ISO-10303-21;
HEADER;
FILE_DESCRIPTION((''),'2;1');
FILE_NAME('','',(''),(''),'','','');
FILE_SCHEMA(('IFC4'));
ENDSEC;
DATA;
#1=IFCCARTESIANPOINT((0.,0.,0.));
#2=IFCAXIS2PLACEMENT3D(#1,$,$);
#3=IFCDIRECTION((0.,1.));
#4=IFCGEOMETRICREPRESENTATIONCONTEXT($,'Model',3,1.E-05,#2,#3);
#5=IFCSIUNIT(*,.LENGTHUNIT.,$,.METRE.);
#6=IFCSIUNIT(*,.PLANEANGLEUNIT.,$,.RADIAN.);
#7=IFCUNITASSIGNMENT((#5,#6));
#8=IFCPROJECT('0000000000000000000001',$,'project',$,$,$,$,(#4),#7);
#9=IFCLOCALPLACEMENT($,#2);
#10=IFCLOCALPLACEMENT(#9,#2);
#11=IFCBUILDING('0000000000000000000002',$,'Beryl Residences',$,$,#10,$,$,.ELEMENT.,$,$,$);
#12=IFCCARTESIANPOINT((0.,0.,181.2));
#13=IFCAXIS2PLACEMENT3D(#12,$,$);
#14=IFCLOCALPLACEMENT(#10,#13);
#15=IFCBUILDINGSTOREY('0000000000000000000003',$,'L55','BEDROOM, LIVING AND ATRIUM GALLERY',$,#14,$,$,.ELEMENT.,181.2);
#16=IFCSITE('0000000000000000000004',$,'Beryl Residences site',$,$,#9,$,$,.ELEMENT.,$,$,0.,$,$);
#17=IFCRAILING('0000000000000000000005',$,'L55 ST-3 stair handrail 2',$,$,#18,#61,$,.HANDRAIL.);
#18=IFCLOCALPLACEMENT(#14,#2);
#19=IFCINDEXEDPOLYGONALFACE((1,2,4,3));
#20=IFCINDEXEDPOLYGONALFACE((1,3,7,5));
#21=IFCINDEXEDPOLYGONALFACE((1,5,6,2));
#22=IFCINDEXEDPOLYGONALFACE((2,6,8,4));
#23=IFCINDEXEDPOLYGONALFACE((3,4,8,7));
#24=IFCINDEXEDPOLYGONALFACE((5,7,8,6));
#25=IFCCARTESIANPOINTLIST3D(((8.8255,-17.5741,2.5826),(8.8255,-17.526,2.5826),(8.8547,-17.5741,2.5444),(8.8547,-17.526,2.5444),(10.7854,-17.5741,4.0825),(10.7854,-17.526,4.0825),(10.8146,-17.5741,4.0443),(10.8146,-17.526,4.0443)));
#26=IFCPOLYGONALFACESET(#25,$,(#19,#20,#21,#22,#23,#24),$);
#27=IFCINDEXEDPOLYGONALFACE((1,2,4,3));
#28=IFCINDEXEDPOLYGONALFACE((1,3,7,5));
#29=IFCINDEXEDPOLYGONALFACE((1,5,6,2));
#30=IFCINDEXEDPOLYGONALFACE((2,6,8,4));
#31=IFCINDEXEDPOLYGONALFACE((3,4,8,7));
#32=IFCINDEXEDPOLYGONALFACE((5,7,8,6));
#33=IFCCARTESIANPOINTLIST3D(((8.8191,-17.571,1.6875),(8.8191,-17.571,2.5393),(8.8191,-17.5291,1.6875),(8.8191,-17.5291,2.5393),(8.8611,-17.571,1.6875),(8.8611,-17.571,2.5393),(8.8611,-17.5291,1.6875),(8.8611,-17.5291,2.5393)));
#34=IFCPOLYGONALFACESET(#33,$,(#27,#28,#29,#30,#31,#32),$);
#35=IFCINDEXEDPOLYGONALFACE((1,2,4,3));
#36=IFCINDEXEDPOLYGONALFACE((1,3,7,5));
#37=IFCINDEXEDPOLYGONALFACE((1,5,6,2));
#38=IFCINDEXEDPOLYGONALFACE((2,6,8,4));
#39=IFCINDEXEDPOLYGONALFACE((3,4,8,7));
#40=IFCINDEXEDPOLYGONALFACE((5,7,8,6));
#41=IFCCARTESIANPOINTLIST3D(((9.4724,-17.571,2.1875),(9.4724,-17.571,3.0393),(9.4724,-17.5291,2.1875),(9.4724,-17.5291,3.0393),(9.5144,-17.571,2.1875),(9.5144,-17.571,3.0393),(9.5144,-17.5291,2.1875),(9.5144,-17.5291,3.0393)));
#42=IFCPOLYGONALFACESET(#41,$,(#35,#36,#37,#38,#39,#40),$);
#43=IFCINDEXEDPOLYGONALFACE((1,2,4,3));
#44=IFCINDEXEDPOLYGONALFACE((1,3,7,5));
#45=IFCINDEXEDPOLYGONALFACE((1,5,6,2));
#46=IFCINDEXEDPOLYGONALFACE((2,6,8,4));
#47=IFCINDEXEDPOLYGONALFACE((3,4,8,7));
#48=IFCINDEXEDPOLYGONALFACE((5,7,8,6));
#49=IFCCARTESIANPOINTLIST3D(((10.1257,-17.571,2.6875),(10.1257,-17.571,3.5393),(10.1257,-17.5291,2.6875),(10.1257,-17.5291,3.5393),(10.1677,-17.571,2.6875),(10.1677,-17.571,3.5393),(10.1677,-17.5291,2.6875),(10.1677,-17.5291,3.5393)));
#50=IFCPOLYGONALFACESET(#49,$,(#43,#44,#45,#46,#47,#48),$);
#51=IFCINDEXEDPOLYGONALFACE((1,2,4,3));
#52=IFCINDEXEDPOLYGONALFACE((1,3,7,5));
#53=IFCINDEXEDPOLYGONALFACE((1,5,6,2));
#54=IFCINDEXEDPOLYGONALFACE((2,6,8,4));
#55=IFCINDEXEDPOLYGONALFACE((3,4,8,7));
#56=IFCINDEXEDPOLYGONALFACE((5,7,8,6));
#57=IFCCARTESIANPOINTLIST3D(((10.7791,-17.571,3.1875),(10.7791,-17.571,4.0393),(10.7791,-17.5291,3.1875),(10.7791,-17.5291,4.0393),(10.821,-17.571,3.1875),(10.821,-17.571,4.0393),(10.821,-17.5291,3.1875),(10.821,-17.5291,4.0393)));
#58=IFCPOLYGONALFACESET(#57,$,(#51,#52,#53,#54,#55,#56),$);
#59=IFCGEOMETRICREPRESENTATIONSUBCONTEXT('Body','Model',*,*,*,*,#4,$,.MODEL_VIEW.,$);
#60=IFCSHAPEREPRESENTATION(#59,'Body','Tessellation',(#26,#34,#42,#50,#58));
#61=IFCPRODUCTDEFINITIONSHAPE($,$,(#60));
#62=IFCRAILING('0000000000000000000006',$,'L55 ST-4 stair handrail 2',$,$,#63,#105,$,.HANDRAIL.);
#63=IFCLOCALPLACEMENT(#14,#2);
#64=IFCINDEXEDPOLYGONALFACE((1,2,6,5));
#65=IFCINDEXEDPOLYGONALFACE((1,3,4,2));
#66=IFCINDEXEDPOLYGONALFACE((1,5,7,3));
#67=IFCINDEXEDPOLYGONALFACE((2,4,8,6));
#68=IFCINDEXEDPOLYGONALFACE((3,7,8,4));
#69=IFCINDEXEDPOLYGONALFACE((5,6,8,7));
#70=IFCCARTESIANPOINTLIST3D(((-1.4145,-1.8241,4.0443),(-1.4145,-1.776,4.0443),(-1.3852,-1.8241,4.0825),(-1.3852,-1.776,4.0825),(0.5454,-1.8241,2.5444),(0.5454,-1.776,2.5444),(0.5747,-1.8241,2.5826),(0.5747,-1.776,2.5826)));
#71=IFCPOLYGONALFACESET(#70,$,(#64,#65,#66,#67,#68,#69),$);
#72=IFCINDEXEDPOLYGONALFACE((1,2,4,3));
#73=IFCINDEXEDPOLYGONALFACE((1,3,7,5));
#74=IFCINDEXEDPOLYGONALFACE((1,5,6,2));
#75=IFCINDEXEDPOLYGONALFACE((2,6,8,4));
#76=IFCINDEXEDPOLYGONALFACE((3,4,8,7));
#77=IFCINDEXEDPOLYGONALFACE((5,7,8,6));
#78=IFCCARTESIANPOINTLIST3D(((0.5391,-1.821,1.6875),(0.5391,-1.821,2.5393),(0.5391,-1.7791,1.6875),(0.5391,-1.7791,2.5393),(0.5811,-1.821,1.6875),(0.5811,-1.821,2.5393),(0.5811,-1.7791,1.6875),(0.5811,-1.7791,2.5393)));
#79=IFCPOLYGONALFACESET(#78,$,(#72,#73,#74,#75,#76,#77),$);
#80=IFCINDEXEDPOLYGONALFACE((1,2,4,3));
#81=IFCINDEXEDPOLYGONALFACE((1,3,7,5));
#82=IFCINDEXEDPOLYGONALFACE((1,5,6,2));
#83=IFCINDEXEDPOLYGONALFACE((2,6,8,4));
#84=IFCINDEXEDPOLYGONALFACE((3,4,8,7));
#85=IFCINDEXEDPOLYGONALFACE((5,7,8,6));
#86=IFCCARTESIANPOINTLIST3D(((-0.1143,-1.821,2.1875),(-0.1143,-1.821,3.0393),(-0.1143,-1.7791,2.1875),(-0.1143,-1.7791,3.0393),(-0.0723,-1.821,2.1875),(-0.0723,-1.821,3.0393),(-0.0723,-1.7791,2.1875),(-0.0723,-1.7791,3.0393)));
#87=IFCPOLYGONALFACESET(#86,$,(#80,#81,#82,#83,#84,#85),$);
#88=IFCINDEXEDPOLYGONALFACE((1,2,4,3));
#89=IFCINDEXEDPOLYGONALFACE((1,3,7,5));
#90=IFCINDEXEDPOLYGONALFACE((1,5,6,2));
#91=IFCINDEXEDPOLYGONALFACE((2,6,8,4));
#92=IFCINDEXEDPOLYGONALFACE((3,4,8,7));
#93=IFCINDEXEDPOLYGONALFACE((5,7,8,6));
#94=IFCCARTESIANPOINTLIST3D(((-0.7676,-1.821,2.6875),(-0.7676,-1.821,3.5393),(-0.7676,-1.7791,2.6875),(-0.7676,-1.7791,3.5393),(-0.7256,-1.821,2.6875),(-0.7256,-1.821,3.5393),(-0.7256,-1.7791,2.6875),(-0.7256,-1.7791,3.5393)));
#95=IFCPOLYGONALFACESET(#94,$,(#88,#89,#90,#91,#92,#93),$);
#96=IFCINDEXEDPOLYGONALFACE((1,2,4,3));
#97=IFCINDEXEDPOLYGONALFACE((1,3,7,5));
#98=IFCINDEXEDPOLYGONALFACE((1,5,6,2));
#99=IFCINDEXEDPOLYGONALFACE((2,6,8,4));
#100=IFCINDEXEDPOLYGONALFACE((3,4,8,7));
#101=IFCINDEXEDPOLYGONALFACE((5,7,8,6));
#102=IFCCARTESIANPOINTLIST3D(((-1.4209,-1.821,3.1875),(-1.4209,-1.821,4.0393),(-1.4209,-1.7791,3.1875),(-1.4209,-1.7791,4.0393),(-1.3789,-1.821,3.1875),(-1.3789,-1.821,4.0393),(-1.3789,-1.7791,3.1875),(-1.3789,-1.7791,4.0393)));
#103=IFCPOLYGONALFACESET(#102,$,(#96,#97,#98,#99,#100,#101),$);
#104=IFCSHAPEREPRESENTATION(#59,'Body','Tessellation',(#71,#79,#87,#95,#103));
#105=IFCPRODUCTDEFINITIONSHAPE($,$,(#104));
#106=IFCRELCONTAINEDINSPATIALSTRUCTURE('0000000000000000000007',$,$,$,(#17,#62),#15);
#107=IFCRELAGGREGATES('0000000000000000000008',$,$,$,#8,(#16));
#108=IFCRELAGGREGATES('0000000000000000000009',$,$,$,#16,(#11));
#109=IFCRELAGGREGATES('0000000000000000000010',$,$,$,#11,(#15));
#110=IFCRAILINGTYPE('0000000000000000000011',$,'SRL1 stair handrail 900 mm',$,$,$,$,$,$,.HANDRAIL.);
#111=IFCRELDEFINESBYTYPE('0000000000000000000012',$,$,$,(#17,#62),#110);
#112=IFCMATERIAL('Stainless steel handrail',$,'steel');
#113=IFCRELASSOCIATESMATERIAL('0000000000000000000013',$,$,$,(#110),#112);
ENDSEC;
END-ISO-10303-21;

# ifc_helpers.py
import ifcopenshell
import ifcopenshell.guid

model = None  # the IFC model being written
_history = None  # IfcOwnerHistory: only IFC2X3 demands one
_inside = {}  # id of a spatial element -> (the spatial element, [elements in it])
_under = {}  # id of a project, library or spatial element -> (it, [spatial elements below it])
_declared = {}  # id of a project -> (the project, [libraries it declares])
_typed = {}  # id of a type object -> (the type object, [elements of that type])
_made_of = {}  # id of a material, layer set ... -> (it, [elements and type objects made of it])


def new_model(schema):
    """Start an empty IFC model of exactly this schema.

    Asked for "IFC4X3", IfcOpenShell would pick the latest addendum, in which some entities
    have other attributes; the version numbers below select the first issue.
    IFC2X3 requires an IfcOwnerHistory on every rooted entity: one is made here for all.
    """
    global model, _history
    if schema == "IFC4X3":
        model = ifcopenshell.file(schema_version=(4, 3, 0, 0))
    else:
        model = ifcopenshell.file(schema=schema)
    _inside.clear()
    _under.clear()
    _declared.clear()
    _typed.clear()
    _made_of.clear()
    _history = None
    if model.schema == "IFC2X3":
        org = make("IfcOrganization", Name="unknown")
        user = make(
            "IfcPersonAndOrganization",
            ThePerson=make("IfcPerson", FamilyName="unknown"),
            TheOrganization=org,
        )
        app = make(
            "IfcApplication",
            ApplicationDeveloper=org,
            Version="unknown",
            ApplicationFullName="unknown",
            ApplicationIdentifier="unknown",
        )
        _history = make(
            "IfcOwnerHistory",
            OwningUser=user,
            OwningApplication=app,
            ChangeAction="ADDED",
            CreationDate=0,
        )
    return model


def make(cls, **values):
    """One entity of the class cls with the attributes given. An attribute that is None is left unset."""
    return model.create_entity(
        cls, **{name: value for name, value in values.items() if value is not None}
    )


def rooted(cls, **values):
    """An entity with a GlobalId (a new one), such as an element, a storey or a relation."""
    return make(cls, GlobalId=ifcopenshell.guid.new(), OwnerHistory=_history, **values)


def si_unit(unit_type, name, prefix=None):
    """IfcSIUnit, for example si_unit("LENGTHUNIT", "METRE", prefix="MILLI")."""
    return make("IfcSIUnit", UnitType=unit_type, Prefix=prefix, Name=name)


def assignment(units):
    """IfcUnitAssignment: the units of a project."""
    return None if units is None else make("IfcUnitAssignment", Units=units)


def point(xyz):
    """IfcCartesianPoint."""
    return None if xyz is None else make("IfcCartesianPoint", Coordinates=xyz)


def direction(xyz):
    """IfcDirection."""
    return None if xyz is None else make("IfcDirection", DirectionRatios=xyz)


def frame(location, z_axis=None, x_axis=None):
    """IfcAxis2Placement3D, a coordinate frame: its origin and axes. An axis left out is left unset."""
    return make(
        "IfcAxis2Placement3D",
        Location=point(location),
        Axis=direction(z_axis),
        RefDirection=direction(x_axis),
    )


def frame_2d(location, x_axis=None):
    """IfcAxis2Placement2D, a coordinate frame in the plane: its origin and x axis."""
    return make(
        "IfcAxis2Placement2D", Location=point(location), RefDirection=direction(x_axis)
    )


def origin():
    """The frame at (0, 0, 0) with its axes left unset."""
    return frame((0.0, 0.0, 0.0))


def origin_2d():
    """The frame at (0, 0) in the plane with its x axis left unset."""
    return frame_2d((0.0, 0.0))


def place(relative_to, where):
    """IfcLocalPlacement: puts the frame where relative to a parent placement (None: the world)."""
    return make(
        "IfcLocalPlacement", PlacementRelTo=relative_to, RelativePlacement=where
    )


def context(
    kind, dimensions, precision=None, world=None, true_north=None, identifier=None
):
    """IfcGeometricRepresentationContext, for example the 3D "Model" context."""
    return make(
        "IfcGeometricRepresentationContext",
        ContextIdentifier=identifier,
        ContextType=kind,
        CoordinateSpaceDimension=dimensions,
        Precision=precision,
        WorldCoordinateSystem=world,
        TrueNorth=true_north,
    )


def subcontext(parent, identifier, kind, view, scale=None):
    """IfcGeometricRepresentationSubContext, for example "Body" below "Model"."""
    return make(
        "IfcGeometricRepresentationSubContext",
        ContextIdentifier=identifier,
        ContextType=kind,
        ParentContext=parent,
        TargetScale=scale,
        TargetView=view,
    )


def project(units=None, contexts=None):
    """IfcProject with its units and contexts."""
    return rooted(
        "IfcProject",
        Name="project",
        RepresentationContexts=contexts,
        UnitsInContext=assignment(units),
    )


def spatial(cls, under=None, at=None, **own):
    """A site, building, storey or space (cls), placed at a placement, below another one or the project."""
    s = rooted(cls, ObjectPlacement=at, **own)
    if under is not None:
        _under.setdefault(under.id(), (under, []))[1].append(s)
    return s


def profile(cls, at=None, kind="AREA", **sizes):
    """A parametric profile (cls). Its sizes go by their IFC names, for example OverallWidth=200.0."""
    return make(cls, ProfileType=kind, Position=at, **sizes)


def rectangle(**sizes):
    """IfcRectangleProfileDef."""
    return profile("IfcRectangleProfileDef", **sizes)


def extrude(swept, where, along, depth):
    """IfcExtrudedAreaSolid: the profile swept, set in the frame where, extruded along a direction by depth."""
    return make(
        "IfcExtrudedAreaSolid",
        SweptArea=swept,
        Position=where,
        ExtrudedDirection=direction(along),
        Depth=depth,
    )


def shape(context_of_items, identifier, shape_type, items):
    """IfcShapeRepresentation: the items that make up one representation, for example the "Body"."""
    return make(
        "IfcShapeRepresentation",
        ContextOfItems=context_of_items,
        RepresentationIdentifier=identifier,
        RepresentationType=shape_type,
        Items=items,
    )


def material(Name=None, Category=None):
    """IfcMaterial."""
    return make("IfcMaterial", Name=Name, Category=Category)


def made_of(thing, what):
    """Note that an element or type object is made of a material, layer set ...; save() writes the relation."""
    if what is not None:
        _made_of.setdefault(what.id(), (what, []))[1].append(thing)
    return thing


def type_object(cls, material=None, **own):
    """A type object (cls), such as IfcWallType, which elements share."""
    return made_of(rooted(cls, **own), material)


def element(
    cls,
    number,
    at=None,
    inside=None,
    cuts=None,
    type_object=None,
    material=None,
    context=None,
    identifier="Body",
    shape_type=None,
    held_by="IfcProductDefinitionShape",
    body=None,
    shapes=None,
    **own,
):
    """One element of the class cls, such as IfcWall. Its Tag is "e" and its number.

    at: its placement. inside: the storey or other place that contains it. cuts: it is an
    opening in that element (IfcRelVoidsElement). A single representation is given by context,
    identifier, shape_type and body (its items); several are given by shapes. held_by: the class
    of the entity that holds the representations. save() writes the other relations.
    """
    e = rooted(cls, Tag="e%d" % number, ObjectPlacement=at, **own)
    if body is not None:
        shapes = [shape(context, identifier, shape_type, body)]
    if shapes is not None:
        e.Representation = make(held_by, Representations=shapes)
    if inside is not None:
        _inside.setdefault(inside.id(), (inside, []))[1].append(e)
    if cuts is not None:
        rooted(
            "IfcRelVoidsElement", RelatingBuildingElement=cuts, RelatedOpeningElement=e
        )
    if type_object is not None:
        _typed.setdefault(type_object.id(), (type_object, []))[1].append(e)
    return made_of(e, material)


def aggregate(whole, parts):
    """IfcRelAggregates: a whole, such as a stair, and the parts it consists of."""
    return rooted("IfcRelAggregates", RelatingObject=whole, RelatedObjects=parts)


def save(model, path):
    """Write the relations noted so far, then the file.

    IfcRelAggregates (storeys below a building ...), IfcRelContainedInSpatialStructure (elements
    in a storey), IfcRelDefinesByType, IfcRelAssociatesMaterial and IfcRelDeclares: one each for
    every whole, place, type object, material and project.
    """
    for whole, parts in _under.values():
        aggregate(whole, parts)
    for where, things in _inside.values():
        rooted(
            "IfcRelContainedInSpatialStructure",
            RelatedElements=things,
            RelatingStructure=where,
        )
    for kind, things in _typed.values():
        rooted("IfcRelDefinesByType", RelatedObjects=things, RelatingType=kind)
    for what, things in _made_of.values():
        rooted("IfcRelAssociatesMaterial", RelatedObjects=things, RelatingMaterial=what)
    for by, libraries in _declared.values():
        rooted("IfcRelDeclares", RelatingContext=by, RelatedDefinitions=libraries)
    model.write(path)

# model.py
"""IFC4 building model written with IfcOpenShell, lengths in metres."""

from ifc_helpers import new_model, si_unit, direction, frame, origin, origin_2d, place, context, subcontext, project, spatial, rectangle, extrude, material, type_object, element, save


model = new_model("IFC4")

# Units and contexts
model_context = context("Model", 3, precision=1e-05, world=origin(), true_north=direction((0.0, 1.0)))
body_context = subcontext(model_context, "Body", "Model", "MODEL_VIEW")
ifc_project = project(units=[si_unit("LENGTHUNIT", "METRE"), si_unit("PLANEANGLEUNIT", "RADIAN")], contexts=[model_context])

# Site, building, storey
site_placement = place(None, origin())
site = spatial("IfcSite", under=ifc_project, at=site_placement, Name="Beryl Residences site", CompositionType="ELEMENT", RefElevation=0.0)
building_placement = place(site_placement, origin())
building = spatial("IfcBuilding", under=site, at=building_placement, Name="Beryl Residences", CompositionType="ELEMENT")
storey_placement = place(building_placement, frame((0.0, 0.0, 181.2)))
storey = spatial("IfcBuildingStorey", under=building, at=storey_placement, Name="L55", Description="BEDROOM, LIVING AND ATRIUM GALLERY", CompositionType="ELEMENT", Elevation=181.2)

# Railings
ifc_material_1 = material(Name="Stainless steel handrail", Category="steel")
railing_type_1 = type_object("IfcRailingType", Name="SRL1 stair handrail 900 mm", PredefinedType="HANDRAIL", material=ifc_material_1)
railing_1_placement = place(storey_placement, frame((8.8401, -17.55, 1.6875)))
element("IfcRailing", 1, at=railing_1_placement, inside=storey, type_object=railing_type_1, Name="L55 ST-3 stair handrail 2", PredefinedType="HANDRAIL", context=body_context, shape_type="SweptSolid", body=[
    extrude(rectangle(XDim=0.0481, YDim=0.0481, at=origin_2d()), frame((0.0, 0.0, 0.876), z_axis=(0.794122, 0.0, 0.607758), x_axis=(0.0, 1.0, 0.0)), (0.0, 0.0, 1.0), 2.468),
    extrude(rectangle(XDim=0.042, YDim=0.042, at=origin_2d()), origin(), (0.0, 0.0, 1.0), 0.8518),
    extrude(rectangle(XDim=0.042, YDim=0.042, at=origin_2d()), frame((0.6533, 0.0, 0.5)), (0.0, 0.0, 1.0), 0.8518),
    extrude(rectangle(XDim=0.042, YDim=0.042, at=origin_2d()), frame((1.3066, 0.0, 1.0)), (0.0, 0.0, 1.0), 0.8518),
    extrude(rectangle(XDim=0.042, YDim=0.042, at=origin_2d()), frame((1.96, 0.0, 1.5)), (0.0, 0.0, 1.0), 0.8518),
])
railing_2_placement = place(storey_placement, frame((0.5601, -1.8, 1.6875)))
element("IfcRailing", 2, at=railing_2_placement, inside=storey, type_object=railing_type_1, Name="L55 ST-4 stair handrail 2", PredefinedType="HANDRAIL", context=body_context, shape_type="SweptSolid", body=[
    extrude(rectangle(XDim=0.0481, YDim=0.0481, at=origin_2d()), frame((0.0, 0.0, 0.876), z_axis=(-0.794122, 0.0, 0.607758), x_axis=(0.0, -1.0, 0.0)), (0.0, 0.0, 1.0), 2.468),
    extrude(rectangle(XDim=0.042, YDim=0.042, at=origin_2d()), origin(), (0.0, 0.0, 1.0), 0.8518),
    extrude(rectangle(XDim=0.042, YDim=0.042, at=origin_2d()), frame((-0.6533, 0.0, 0.5)), (0.0, 0.0, 1.0), 0.8518),
    extrude(rectangle(XDim=0.042, YDim=0.042, at=origin_2d()), frame((-1.3066, 0.0, 1.0)), (0.0, 0.0, 1.0), 0.8518),
    extrude(rectangle(XDim=0.042, YDim=0.042, at=origin_2d()), frame((-1.96, 0.0, 1.5)), (0.0, 0.0, 1.0), 0.8518),
])

save(model, "model.ifc")
